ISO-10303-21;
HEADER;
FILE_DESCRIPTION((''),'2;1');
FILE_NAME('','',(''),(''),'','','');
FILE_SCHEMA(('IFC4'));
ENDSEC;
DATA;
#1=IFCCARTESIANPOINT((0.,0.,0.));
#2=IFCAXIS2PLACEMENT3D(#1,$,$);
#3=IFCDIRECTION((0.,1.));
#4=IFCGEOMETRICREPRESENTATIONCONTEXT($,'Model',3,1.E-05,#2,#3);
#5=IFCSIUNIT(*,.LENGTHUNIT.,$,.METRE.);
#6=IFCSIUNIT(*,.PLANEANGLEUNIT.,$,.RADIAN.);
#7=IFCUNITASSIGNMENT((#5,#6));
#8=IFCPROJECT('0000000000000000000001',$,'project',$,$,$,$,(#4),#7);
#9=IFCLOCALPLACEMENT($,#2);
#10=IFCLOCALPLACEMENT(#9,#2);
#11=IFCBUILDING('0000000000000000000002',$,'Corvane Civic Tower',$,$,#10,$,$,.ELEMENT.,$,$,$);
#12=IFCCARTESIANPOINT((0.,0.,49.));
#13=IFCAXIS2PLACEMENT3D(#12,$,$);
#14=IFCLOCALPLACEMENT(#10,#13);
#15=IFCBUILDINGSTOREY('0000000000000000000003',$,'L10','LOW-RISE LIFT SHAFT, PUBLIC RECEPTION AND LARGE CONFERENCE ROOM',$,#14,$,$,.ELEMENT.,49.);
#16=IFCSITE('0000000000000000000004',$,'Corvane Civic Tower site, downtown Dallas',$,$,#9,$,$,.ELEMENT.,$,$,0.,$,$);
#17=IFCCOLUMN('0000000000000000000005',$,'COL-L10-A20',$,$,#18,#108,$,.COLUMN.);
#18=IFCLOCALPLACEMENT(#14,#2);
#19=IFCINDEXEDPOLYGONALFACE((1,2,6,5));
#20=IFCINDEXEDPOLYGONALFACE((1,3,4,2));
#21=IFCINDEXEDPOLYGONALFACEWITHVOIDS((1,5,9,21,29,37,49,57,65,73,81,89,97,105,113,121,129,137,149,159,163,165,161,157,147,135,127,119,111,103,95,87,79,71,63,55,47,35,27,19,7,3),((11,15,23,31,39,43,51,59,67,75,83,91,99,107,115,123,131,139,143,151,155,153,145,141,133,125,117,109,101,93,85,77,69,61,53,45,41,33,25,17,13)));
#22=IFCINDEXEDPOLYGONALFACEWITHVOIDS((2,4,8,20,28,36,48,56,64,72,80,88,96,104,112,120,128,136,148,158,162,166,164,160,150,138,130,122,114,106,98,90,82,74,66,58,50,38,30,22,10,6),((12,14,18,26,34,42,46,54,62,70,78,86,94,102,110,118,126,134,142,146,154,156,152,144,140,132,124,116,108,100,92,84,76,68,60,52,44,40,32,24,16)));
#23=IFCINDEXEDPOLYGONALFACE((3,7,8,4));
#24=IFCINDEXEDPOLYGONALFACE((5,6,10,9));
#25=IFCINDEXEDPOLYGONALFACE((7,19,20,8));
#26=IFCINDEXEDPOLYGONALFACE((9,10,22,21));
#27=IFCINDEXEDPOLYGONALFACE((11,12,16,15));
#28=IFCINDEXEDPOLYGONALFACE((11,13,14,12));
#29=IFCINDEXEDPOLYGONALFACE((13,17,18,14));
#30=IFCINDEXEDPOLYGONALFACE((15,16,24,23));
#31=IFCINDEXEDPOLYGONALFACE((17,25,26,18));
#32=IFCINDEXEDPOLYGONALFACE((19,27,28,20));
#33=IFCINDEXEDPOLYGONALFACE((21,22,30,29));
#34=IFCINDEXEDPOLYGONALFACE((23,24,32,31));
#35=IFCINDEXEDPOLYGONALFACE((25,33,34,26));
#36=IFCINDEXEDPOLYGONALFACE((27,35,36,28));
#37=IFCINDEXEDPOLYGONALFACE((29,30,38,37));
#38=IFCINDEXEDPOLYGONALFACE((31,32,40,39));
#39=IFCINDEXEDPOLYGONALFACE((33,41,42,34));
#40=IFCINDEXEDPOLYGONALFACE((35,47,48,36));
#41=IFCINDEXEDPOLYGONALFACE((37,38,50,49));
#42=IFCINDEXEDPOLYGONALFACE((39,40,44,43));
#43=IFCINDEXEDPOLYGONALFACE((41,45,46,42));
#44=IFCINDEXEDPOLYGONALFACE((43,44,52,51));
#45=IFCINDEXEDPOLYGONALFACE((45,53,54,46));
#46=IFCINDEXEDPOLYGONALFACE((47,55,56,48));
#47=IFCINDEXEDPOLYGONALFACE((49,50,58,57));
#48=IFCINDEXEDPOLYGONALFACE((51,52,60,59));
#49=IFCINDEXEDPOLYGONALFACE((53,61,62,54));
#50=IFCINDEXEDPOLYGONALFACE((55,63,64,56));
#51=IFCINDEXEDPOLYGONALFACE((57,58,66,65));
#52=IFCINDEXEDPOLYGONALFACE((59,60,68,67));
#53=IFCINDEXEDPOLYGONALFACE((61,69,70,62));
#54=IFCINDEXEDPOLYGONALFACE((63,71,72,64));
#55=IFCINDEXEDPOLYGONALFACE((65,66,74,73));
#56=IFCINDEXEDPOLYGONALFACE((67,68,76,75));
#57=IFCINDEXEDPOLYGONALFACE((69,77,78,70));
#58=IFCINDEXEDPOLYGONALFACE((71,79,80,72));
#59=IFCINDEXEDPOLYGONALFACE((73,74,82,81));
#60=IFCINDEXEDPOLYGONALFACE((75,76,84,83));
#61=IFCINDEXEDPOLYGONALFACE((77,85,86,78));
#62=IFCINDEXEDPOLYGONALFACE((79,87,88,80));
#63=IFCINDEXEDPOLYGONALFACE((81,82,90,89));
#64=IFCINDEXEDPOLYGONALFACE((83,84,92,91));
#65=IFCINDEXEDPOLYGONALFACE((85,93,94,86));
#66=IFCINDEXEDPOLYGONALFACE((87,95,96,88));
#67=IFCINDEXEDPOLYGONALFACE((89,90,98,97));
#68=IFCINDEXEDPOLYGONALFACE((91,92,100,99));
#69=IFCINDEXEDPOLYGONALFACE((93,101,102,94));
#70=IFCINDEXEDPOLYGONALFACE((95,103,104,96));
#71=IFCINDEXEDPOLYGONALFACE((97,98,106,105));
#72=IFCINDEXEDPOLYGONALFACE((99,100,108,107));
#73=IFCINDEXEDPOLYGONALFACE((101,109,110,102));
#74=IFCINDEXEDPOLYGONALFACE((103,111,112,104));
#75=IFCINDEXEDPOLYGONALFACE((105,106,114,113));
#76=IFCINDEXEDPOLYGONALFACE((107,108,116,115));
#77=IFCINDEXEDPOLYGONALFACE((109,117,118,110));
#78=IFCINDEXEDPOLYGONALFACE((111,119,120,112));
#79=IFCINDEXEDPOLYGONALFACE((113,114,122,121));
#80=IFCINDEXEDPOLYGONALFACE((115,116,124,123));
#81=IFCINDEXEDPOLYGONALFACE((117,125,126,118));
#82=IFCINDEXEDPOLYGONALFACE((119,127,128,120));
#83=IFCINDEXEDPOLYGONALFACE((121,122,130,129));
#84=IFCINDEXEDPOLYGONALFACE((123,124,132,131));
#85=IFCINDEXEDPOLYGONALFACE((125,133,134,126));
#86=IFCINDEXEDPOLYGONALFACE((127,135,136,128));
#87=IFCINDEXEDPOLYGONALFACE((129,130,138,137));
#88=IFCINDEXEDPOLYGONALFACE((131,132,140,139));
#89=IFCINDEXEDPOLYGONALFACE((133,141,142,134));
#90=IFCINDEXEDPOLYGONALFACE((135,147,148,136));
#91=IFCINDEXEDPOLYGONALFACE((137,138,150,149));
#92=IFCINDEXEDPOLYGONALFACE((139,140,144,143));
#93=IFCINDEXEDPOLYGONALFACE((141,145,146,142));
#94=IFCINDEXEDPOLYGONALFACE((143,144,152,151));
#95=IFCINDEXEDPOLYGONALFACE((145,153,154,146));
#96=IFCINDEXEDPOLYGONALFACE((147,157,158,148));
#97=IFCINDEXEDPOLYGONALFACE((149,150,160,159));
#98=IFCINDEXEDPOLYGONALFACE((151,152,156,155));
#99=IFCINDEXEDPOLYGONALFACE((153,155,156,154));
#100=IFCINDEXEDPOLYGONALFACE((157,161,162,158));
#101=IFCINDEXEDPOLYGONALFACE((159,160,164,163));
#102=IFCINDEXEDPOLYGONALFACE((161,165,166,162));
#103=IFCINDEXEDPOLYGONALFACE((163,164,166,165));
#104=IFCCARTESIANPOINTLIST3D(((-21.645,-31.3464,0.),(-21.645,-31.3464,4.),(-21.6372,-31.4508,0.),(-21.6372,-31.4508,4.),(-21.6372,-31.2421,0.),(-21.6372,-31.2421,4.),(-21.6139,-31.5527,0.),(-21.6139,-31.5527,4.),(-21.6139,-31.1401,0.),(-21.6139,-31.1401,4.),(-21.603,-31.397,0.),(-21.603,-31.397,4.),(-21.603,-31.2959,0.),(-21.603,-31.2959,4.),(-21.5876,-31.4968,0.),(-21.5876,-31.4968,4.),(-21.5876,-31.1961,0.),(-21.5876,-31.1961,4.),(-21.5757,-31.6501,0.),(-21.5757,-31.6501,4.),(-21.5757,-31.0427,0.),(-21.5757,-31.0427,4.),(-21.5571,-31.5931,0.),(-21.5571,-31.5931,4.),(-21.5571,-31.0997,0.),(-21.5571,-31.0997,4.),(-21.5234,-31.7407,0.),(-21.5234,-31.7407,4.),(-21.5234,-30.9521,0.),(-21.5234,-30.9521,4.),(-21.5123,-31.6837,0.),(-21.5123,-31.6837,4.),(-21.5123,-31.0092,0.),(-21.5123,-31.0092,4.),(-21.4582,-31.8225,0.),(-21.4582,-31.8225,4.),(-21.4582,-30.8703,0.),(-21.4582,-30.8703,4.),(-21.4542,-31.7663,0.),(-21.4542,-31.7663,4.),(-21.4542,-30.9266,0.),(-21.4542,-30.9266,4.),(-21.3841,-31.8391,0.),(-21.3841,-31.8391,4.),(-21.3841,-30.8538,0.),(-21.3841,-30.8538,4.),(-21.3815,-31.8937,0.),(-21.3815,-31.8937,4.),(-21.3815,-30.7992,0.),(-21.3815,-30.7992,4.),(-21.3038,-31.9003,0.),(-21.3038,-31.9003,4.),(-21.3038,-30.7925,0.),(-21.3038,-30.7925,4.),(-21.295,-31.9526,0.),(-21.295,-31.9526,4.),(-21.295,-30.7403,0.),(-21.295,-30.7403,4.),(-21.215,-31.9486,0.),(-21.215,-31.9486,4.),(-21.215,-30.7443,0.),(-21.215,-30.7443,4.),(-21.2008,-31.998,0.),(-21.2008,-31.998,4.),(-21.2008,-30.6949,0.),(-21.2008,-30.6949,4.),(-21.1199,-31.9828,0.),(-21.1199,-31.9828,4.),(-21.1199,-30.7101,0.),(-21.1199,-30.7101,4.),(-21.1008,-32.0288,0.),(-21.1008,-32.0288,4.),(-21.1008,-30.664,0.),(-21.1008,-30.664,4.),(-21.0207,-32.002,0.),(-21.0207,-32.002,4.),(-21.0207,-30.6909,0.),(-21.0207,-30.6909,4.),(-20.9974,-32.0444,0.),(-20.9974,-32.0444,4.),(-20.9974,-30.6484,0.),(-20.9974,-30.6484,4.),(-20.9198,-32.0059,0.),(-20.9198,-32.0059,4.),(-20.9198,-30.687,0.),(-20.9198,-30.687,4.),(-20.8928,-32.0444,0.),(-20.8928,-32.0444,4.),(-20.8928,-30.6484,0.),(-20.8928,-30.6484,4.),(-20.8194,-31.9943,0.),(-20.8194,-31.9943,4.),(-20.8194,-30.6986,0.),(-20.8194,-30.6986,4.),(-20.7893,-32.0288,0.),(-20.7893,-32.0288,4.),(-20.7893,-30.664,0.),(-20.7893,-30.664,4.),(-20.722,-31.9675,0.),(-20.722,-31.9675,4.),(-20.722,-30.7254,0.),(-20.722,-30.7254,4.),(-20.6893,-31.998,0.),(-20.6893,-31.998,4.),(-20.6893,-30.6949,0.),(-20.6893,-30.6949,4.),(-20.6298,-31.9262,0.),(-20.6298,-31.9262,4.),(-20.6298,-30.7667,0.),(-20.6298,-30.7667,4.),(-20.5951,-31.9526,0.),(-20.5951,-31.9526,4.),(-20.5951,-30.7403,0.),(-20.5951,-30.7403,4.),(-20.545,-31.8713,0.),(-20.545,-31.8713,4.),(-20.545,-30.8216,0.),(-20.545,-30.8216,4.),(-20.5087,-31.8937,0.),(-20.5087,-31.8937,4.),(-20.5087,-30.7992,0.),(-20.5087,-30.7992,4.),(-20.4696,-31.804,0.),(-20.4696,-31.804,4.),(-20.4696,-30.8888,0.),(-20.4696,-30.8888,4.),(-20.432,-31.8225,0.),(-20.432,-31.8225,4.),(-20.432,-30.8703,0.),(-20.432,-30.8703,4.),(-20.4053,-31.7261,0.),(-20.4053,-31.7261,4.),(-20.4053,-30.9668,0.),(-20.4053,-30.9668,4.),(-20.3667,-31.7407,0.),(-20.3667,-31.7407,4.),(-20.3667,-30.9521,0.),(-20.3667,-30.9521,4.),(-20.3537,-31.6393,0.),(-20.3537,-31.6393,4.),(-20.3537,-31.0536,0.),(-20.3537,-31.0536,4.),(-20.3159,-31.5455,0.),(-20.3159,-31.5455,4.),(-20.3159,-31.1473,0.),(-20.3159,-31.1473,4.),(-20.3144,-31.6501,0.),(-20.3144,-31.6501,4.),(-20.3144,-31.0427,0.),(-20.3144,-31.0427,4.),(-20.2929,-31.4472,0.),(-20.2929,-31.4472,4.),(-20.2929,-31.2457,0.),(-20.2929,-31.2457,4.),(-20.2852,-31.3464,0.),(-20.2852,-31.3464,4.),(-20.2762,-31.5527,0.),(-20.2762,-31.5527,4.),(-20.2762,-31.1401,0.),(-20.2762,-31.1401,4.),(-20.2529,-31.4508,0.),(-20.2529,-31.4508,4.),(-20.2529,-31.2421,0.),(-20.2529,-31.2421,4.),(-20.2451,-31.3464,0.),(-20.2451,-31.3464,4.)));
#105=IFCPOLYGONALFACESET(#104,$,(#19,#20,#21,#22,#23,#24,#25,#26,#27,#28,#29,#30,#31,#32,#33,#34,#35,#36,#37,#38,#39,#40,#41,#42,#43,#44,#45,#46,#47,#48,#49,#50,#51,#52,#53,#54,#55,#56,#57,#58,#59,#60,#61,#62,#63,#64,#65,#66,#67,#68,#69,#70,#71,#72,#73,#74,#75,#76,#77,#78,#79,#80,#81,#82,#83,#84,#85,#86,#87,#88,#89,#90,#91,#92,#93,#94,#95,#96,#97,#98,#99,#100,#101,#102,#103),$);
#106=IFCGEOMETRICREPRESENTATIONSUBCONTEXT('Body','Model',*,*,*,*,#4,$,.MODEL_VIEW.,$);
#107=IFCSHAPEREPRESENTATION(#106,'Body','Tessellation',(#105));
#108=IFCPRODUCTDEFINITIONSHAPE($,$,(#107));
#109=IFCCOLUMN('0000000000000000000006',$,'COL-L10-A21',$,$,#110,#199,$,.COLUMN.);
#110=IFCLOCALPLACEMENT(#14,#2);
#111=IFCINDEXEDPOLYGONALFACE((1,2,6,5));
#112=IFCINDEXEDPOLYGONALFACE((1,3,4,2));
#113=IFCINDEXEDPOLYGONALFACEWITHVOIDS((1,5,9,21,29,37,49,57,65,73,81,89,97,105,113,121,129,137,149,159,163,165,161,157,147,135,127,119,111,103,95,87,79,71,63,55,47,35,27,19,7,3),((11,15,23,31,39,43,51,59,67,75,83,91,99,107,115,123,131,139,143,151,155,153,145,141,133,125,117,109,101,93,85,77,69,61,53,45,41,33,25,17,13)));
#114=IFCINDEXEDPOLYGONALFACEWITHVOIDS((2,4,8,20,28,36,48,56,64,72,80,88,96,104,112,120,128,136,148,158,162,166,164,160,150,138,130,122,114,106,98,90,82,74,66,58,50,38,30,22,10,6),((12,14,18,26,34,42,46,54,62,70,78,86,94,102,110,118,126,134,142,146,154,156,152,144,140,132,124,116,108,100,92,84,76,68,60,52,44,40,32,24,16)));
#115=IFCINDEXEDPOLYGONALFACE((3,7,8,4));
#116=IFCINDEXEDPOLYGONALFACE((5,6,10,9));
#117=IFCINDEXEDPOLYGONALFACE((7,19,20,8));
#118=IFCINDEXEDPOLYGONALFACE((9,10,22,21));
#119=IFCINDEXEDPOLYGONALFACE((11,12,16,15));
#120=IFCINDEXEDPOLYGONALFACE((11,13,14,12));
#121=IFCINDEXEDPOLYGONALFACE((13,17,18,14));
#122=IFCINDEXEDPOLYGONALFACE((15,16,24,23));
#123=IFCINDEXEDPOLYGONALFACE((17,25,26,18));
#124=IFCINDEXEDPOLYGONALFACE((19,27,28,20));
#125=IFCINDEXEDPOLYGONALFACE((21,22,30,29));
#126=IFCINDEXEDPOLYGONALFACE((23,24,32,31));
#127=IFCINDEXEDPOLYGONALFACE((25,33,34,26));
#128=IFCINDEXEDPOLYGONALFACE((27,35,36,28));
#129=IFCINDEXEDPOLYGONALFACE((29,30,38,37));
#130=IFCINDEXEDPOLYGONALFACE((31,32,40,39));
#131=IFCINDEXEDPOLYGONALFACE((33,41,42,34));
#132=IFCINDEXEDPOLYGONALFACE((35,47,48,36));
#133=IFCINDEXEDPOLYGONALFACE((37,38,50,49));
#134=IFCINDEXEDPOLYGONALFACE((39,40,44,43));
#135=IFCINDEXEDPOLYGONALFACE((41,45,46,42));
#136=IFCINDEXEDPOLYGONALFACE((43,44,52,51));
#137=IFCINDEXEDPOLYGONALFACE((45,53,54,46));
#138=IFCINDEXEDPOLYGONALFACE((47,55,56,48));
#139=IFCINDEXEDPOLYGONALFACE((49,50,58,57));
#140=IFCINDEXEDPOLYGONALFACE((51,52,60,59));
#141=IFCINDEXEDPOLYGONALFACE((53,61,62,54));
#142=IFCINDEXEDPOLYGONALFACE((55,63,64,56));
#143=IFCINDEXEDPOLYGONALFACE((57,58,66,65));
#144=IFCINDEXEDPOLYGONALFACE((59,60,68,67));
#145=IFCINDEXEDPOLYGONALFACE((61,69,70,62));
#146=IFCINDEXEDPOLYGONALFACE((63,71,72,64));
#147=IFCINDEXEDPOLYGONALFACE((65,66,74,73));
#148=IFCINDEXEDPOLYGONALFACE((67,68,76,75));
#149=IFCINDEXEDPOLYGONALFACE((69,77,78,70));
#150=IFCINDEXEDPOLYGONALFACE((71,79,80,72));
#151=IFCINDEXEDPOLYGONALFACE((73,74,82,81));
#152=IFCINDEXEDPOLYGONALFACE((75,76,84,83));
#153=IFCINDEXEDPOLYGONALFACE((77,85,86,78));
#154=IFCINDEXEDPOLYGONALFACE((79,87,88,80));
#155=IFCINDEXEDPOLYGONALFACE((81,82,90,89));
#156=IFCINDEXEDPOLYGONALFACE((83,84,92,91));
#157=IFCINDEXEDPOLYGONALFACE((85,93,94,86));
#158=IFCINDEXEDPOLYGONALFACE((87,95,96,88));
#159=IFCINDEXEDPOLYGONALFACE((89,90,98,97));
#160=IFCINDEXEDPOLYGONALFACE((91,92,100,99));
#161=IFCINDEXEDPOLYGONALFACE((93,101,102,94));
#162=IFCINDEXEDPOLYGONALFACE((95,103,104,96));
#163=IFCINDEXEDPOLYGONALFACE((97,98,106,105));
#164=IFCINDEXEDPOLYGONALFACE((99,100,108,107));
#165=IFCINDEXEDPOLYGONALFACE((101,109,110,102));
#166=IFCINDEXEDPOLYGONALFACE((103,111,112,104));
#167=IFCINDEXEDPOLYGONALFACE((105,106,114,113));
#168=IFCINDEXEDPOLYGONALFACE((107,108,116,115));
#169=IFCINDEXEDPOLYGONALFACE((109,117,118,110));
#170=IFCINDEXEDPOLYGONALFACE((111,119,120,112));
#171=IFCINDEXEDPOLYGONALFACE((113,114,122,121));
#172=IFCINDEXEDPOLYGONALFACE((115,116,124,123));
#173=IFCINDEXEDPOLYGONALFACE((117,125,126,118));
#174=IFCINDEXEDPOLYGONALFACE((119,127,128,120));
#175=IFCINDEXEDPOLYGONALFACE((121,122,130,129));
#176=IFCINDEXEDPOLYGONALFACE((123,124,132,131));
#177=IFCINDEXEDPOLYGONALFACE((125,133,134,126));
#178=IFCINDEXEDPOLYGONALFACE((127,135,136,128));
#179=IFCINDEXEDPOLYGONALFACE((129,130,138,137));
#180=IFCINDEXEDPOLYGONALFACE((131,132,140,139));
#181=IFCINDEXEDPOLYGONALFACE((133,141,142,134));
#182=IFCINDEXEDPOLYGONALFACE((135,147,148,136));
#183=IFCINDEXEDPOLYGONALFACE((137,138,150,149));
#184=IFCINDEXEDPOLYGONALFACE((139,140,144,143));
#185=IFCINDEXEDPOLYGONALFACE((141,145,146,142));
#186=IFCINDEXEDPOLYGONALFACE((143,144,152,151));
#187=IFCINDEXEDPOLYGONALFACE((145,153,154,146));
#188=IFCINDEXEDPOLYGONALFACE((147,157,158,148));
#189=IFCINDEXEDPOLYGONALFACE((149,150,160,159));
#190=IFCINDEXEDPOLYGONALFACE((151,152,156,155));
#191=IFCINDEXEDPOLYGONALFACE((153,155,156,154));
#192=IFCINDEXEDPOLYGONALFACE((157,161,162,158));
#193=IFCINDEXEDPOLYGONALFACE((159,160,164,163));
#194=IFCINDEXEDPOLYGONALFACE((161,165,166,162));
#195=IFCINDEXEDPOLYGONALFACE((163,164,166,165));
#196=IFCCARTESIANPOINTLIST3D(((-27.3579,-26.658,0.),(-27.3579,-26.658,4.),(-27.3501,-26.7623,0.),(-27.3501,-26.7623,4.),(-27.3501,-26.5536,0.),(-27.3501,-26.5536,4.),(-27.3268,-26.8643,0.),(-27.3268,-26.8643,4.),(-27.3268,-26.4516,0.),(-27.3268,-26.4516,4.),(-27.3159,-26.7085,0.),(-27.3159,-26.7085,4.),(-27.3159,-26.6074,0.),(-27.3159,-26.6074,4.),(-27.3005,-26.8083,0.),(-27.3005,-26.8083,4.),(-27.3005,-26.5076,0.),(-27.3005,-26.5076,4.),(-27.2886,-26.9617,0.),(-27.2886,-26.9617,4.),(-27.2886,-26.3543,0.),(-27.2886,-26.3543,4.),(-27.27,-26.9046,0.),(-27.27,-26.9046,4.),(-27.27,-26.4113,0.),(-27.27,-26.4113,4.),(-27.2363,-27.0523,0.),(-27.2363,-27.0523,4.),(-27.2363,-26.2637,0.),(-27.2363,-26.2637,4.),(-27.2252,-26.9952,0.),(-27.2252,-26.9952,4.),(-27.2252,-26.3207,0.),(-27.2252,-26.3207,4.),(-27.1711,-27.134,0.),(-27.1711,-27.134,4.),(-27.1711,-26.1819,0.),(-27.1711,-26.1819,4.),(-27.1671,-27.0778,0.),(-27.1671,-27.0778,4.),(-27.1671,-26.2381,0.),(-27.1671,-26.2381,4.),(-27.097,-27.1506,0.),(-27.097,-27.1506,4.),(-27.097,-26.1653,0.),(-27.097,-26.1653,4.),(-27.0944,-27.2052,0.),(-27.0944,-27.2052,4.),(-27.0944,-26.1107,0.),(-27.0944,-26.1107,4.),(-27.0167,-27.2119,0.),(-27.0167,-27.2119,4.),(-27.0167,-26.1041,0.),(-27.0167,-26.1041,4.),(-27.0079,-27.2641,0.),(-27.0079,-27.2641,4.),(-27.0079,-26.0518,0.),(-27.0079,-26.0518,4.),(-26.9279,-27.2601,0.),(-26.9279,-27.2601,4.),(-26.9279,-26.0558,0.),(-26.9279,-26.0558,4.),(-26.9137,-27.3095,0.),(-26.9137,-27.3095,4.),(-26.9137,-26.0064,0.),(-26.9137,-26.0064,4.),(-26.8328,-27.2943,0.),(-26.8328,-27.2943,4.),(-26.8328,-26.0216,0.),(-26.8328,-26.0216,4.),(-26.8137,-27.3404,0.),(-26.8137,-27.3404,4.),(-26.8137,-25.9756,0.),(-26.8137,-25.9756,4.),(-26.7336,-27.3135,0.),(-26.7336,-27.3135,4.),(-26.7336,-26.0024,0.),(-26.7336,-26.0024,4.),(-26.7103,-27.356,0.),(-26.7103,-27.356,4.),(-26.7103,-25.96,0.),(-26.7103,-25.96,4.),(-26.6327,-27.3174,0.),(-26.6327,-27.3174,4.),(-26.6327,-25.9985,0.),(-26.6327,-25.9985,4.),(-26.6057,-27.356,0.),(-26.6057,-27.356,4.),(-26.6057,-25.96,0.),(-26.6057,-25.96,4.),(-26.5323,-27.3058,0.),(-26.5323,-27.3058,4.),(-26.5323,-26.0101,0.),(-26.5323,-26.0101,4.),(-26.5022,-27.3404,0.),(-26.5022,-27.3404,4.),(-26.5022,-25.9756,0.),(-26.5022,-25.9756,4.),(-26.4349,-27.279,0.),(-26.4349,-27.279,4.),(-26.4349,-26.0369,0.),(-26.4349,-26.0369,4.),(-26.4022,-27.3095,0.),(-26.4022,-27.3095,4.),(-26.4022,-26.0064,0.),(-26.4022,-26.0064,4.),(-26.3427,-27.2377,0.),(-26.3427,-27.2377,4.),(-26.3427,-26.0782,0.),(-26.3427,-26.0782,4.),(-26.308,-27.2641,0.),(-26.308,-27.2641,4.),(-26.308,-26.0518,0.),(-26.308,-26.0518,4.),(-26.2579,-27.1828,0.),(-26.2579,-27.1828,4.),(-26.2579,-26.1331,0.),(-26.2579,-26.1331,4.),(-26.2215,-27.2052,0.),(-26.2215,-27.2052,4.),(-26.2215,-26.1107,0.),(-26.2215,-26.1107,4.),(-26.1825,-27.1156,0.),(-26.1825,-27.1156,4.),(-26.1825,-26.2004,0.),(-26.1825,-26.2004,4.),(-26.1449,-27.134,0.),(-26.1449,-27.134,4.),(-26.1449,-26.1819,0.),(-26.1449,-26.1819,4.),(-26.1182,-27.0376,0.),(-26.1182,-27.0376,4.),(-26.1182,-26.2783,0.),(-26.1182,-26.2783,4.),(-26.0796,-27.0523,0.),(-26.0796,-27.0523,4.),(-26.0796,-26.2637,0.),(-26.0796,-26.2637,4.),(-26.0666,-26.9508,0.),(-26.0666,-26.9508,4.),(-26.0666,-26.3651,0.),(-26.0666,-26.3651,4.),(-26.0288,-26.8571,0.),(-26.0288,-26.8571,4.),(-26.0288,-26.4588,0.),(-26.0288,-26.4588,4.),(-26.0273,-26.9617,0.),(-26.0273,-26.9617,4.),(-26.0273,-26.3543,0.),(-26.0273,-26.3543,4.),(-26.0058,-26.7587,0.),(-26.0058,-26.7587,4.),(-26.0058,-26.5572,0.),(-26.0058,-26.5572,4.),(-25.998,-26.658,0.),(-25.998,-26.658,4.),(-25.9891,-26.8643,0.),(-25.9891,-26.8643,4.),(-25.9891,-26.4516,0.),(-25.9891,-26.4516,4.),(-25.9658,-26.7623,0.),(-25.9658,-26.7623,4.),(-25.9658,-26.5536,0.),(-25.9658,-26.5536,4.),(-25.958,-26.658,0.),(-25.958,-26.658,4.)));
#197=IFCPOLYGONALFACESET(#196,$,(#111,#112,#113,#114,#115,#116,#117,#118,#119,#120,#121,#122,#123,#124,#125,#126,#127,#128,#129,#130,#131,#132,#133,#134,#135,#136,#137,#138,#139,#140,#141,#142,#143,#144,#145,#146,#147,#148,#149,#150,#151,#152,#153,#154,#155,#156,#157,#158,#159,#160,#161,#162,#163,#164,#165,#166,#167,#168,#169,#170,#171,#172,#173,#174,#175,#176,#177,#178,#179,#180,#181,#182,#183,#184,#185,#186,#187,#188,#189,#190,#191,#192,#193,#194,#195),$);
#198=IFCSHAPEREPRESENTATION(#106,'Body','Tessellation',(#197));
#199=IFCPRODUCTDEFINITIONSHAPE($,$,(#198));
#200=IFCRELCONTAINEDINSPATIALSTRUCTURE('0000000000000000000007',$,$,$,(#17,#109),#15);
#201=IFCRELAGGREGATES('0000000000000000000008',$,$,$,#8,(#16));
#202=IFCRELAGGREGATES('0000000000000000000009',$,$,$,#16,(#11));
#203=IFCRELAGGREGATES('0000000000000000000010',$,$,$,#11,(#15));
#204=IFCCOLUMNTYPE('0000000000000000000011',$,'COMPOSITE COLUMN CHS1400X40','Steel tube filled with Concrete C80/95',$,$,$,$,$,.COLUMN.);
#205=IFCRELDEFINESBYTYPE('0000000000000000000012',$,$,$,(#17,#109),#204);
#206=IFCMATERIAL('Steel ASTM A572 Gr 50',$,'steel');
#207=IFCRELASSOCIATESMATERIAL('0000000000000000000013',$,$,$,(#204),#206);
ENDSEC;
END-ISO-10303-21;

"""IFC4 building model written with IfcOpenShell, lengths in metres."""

from ifc_helpers import new_model, si_unit, direction, frame, origin, origin_2d, place, context, subcontext, project, spatial, hollow_circle, extrude, material, material_profile, profile_set, type_object, element, save


model = new_model("IFC4")

# Units and contexts
model_context = context("Model", 3, precision=1e-05, world=origin(), true_north=direction((0.0, 1.0)))
body_context = subcontext(model_context, "Body", "Model", "MODEL_VIEW")
ifc_project = project(units=[si_unit("LENGTHUNIT", "METRE"), si_unit("PLANEANGLEUNIT", "RADIAN")], contexts=[model_context])

# Site, building, storey
site_placement = place(None, origin())
site = spatial("IfcSite", under=ifc_project, at=site_placement, Name="Corvane Civic Tower site, downtown Dallas", CompositionType="ELEMENT", RefElevation=0.0)
building_placement = place(site_placement, origin())
building = spatial("IfcBuilding", under=site, at=building_placement, Name="Corvane Civic Tower", CompositionType="ELEMENT")
storey_placement = place(building_placement, frame((0.0, 0.0, 49.0)))
storey = spatial("IfcBuildingStorey", under=building, at=storey_placement, Name="L10", Description="LOW-RISE LIFT SHAFT, PUBLIC RECEPTION AND LARGE CONFERENCE ROOM", CompositionType="ELEMENT", Elevation=49.0)

# Columns
ifc_material_1 = material(Name="Steel ASTM A572 Gr 50", Category="steel")
ifc_material_profile_1 = material_profile(ifc_material_1, hollow_circle(Radius=0.7, WallThickness=0.04, at=origin_2d()), Name="CHS1400X40")
ifc_profile_set_1 = profile_set([ifc_material_profile_1], Name="Steel ASTM A572 Gr 50")
column_type = type_object("IfcColumnType", Name="COMPOSITE COLUMN CHS1400X40", Description="Steel tube filled with Concrete C80/95", PredefinedType="COLUMN", material=ifc_profile_set_1)
for number, where, z_axis, x_axis, name in (
    (1, (-20.9451, -31.3464, 0.0), (0.0, 0.0, 1.0), (1.0, 0.0, 0.0), "COL-L10-A20"),
    (2, (-26.658, -26.658, 0.0), (0.0, 0.0, 1.0), (1.0, 0.0, 0.0), "COL-L10-A21"),
):
    element("IfcColumn", number, at=place(storey_placement, frame(where, z_axis=z_axis, x_axis=x_axis)), inside=storey, type_object=column_type, Name=name, PredefinedType="COLUMN", context=body_context, shape_type="SweptSolid", body=[
        extrude(hollow_circle(Radius=0.7, WallThickness=0.04, at=origin_2d()), origin(), (0.0, 0.0, 1.0), 4.0),
    ])

save(model, "model.ifc")
